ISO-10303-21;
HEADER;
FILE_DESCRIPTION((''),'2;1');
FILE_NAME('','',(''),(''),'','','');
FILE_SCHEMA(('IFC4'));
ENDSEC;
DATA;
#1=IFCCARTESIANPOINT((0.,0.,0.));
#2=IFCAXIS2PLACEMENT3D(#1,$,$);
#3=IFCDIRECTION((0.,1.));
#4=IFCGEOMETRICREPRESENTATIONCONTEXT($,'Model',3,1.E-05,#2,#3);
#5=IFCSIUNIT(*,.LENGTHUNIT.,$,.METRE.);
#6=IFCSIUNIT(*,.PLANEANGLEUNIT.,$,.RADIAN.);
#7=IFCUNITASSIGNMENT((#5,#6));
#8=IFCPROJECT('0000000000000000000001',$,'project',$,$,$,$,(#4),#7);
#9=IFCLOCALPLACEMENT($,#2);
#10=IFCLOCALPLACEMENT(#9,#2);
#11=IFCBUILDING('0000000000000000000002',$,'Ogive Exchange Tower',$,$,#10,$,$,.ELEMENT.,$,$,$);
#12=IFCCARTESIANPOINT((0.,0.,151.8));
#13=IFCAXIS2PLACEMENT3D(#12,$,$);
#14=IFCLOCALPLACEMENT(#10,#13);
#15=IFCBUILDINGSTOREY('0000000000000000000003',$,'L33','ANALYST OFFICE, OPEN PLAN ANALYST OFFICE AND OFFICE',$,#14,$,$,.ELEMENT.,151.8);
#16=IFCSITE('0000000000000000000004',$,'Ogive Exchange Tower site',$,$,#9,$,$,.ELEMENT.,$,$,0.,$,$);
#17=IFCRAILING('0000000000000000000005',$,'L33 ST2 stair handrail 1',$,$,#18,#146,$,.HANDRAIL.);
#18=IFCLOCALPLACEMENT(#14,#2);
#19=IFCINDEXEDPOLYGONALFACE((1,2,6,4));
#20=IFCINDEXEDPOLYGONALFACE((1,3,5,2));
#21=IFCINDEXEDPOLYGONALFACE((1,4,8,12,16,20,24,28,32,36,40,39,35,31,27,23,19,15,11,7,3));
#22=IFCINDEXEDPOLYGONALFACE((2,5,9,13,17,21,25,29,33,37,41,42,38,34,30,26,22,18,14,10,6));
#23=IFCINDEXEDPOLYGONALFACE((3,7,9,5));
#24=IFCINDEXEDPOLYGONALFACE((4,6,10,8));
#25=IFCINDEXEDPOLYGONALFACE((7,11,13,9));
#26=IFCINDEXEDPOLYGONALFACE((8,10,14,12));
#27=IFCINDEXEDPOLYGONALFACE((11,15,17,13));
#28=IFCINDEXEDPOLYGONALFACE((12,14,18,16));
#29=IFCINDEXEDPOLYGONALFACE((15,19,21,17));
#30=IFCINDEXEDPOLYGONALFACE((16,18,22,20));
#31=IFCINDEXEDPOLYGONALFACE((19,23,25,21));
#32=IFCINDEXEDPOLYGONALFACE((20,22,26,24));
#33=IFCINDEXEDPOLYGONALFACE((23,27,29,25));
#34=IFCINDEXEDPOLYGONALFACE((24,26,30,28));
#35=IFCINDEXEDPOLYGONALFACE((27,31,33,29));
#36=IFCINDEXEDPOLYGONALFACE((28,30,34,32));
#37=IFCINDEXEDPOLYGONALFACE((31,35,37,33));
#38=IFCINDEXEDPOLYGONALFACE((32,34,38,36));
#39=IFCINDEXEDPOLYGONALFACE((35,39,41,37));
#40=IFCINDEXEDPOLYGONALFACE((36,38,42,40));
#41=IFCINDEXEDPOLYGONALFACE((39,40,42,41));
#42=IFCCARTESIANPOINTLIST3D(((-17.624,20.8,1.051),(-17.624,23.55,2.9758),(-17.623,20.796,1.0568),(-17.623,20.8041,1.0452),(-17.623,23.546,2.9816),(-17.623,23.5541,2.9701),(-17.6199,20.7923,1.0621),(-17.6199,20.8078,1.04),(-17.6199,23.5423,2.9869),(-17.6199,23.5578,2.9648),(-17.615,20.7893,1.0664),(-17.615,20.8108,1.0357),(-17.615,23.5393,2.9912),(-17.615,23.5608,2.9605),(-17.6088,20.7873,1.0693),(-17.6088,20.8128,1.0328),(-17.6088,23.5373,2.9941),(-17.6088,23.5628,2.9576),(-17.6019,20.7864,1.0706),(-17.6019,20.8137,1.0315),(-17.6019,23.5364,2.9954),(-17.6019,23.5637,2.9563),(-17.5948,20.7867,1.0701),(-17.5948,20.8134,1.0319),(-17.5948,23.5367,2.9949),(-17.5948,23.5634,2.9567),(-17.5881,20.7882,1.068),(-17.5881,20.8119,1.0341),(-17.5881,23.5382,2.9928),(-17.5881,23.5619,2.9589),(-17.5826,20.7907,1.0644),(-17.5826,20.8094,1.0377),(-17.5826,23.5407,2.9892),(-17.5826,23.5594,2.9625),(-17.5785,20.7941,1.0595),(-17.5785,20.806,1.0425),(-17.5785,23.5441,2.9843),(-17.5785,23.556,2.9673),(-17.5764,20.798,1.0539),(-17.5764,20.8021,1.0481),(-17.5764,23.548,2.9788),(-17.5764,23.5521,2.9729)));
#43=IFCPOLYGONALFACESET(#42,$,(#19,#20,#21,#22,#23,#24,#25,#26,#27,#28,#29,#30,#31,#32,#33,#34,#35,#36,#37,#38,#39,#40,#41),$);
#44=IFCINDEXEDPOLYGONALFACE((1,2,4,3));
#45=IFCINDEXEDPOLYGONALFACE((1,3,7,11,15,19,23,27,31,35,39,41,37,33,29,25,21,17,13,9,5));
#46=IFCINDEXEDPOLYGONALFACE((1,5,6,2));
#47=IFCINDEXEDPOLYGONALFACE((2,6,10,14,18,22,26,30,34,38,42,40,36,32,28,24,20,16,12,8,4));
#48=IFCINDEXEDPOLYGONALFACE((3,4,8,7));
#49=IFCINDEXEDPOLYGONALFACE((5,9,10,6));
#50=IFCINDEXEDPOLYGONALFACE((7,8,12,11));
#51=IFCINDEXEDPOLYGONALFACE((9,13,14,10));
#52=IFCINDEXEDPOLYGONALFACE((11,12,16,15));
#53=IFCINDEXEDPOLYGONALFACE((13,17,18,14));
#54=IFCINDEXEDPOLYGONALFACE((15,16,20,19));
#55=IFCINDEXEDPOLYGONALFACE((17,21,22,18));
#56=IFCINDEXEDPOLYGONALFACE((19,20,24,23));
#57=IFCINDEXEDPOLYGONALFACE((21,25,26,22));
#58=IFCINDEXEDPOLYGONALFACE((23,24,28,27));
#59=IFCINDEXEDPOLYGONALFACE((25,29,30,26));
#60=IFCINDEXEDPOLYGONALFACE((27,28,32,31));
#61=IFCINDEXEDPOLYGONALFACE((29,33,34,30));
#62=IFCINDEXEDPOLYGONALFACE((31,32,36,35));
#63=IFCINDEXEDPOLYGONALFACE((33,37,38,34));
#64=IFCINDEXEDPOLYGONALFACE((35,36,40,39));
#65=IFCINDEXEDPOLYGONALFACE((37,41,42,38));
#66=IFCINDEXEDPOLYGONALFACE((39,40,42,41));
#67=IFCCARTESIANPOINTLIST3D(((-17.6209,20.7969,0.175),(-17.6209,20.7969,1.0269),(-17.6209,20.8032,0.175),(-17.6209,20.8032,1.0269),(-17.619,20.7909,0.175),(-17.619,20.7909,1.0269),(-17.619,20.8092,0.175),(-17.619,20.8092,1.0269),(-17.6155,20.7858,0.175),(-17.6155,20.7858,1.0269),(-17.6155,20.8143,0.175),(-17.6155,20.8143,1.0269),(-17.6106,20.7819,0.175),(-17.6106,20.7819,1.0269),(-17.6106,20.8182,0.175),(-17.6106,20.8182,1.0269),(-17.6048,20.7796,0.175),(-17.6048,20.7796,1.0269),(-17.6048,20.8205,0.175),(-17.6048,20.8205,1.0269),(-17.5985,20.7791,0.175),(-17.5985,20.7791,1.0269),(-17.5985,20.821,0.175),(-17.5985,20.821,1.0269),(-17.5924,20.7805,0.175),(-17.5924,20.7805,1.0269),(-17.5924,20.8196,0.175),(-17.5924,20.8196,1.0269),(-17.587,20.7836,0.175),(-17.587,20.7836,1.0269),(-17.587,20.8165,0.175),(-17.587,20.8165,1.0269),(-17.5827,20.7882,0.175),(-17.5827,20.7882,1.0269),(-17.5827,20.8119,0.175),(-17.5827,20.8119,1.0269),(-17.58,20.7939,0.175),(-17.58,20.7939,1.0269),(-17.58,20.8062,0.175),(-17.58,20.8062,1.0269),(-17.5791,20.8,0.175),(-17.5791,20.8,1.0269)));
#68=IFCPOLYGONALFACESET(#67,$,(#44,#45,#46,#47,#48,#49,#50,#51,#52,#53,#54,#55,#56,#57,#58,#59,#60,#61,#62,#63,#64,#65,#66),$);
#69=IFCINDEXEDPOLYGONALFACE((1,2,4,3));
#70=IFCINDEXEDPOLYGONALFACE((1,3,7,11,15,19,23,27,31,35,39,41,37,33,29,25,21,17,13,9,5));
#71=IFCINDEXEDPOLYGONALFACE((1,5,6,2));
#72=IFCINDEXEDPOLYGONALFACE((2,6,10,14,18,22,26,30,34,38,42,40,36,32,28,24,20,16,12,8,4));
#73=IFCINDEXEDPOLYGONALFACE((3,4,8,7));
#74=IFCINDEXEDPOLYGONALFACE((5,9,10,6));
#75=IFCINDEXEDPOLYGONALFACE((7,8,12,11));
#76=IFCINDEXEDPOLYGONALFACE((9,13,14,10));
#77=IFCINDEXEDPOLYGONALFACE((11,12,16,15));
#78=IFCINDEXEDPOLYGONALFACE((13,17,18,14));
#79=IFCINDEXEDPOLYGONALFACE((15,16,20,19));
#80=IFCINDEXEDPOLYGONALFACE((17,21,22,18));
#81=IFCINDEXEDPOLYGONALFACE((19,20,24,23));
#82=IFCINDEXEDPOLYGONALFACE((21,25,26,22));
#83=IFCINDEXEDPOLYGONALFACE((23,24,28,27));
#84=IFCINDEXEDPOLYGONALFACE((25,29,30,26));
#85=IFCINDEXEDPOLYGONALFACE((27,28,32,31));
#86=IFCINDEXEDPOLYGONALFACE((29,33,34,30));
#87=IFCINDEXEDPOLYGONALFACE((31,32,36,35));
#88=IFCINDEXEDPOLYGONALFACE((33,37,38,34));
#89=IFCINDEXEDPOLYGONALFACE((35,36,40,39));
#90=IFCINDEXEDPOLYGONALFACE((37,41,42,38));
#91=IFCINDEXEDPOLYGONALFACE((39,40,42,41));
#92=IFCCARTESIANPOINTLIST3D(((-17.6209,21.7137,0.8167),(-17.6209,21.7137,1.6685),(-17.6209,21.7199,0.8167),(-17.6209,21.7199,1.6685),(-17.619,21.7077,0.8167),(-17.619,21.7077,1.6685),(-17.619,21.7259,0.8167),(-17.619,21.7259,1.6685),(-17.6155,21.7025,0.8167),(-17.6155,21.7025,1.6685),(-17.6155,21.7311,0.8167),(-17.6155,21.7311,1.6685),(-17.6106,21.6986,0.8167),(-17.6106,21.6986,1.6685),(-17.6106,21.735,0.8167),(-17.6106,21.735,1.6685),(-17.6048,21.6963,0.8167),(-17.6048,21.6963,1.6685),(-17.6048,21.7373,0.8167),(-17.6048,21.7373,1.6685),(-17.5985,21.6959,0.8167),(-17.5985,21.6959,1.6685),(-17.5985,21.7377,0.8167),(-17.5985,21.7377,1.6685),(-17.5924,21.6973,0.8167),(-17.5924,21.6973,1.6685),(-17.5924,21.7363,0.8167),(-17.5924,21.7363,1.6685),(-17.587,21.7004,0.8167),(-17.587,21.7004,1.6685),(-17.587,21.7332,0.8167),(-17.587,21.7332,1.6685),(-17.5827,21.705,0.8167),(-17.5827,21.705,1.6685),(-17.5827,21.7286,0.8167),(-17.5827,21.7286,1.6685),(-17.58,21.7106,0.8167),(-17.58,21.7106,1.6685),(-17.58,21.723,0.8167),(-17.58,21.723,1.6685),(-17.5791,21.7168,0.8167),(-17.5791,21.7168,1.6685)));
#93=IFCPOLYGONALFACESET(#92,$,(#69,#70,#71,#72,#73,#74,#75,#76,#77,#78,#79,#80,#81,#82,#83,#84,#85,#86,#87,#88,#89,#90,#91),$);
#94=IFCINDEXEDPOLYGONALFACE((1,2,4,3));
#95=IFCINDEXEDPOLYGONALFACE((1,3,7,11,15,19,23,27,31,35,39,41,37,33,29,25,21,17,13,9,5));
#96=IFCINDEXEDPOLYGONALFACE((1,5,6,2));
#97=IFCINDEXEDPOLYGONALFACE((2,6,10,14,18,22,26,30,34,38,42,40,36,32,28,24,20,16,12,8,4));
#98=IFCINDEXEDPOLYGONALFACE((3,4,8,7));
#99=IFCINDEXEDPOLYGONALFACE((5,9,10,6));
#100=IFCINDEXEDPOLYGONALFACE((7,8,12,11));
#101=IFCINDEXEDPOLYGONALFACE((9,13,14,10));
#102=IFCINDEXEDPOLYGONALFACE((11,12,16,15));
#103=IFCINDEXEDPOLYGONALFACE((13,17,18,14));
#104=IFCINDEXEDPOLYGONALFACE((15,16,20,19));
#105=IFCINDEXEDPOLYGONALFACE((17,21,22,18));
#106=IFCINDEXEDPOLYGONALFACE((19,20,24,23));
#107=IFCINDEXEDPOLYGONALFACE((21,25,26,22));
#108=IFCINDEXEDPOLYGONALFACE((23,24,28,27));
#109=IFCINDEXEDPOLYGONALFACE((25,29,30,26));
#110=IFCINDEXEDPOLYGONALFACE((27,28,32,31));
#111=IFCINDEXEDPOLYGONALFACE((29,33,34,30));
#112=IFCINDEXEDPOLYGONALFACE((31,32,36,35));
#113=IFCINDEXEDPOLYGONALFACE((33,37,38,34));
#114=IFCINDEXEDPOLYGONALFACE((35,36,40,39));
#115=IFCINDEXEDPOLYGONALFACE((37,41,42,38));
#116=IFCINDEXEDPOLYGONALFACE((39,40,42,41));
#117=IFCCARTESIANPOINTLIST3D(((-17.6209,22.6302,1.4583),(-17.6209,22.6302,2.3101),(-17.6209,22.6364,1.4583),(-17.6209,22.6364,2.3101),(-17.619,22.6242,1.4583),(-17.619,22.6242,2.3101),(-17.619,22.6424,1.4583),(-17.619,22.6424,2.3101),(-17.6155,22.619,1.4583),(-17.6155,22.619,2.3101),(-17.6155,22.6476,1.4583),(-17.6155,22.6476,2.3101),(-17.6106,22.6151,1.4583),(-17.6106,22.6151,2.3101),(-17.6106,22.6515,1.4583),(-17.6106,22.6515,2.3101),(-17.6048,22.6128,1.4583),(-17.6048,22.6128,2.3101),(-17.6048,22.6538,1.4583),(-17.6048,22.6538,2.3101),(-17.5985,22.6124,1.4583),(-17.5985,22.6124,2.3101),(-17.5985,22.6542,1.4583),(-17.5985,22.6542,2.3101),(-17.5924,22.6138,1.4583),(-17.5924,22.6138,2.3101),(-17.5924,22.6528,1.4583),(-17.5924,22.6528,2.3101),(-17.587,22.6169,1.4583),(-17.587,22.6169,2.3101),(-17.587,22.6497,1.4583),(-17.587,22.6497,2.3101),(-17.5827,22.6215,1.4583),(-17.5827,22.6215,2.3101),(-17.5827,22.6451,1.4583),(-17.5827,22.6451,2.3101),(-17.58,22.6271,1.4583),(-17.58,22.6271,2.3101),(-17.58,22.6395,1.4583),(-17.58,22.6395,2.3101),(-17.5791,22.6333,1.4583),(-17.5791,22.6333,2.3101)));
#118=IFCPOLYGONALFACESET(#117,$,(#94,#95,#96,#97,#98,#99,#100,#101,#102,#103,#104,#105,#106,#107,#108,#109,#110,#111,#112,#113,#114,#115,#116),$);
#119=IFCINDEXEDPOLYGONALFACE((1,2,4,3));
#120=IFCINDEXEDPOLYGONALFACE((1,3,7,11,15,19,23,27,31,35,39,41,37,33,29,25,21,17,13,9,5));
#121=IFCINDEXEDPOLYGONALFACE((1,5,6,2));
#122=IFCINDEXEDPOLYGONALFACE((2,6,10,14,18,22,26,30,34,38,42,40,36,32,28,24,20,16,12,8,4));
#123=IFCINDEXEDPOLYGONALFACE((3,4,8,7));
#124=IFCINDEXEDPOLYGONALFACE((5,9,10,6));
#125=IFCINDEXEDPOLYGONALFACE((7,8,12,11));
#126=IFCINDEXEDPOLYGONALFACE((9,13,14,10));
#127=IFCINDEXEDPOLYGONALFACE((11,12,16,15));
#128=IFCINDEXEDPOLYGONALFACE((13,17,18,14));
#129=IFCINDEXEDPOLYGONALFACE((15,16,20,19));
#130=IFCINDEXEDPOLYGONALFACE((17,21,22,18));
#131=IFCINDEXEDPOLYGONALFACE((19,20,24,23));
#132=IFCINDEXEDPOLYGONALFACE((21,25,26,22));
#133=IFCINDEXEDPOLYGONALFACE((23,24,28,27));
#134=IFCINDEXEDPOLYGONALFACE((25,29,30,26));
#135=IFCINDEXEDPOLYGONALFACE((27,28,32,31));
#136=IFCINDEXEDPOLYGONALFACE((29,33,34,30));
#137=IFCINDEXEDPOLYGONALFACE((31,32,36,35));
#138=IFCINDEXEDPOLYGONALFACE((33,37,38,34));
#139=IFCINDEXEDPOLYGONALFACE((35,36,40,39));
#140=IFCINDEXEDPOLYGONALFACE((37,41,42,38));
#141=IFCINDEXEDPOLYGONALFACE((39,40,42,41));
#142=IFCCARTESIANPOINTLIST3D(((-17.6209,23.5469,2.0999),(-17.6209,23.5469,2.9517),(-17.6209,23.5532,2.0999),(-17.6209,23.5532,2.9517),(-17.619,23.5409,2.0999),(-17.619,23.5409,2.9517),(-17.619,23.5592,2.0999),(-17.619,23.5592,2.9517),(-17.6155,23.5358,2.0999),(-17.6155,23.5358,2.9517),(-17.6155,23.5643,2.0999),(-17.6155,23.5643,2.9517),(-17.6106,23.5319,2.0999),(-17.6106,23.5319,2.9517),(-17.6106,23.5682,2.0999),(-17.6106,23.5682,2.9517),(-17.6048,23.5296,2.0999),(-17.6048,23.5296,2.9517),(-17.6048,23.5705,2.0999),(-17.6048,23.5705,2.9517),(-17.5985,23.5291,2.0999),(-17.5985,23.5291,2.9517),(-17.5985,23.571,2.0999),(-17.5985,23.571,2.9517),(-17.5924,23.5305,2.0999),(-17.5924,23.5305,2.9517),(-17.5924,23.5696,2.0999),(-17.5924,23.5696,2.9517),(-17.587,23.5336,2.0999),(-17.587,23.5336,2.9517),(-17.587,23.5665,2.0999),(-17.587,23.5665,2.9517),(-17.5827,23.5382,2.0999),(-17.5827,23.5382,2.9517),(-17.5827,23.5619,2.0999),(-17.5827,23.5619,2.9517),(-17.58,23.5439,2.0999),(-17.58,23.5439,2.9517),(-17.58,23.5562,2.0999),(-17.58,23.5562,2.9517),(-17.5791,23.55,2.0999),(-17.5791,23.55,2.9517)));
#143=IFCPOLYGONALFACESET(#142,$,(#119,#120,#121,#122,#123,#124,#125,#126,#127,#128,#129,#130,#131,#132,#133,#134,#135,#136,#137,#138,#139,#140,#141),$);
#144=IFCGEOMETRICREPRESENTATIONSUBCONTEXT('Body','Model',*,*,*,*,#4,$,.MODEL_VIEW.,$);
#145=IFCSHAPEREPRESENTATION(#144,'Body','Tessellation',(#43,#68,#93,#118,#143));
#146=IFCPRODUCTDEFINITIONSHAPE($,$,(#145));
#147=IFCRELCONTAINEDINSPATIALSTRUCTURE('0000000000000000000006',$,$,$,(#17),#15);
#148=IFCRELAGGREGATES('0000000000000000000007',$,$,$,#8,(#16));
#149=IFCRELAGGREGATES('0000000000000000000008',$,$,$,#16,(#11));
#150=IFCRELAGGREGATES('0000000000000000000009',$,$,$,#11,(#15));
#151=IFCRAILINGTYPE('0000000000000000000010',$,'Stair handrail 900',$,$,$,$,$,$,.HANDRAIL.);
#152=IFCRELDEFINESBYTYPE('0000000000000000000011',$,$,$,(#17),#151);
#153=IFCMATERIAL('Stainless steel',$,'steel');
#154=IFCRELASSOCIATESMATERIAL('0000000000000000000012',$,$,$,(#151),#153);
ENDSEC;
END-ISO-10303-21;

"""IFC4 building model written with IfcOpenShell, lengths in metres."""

from ifc_helpers import new_model, si_unit, direction, frame, origin, origin_2d, place, context, subcontext, project, spatial, circle, extrude, material, type_object, element, save


model = new_model("IFC4")

# Units and contexts
model_context = context("Model", 3, precision=1e-05, world=origin(), true_north=direction((0.0, 1.0)))
body_context = subcontext(model_context, "Body", "Model", "MODEL_VIEW")
ifc_project = project(units=[si_unit("LENGTHUNIT", "METRE"), si_unit("PLANEANGLEUNIT", "RADIAN")], contexts=[model_context])

# Site, building, storey
site_placement = place(None, origin())
site = spatial("IfcSite", under=ifc_project, at=site_placement, Name="Ogive Exchange Tower site", CompositionType="ELEMENT", RefElevation=0.0)
building_placement = place(site_placement, origin())
building = spatial("IfcBuilding", under=site, at=building_placement, Name="Ogive Exchange Tower", CompositionType="ELEMENT")
storey_placement = place(building_placement, frame((0.0, 0.0, 151.8)))
storey = spatial("IfcBuildingStorey", under=building, at=storey_placement, Name="L33", Description="ANALYST OFFICE, OPEN PLAN ANALYST OFFICE AND OFFICE", CompositionType="ELEMENT", Elevation=151.8)

# Railing
ifc_material_1 = material(Name="Stainless steel", Category="steel")
railing_type = type_object("IfcRailingType", Name="Stair handrail 900", PredefinedType="HANDRAIL", material=ifc_material_1)
railing_placement = place(storey_placement, frame((-17.6001, 20.8, 0.175)))
element("IfcRailing", 1, at=railing_placement, inside=storey, type_object=railing_type, Name="L33 ST2 stair handrail 1", PredefinedType="HANDRAIL", context=body_context, shape_type="SweptSolid", body=[
    extrude(circle(Radius=0.0239, at=origin_2d()), frame((0.0, 0.0, 0.876), z_axis=(0.0, 0.819259, 0.573423), x_axis=(-1.0, 0.0, 0.0)), (0.0, 0.0, 1.0), 3.3567),
    extrude(circle(Radius=0.021, at=origin_2d()), origin(), (0.0, 0.0, 1.0), 0.8518),
    extrude(circle(Radius=0.021, at=origin_2d()), frame((0.0, 0.9167, 0.6416)), (0.0, 0.0, 1.0), 0.8518),
    extrude(circle(Radius=0.021, at=origin_2d()), frame((0.0, 1.8333, 1.2832)), (0.0, 0.0, 1.0), 0.8518),
    extrude(circle(Radius=0.021, at=origin_2d()), frame((0.0, 2.75, 1.9248)), (0.0, 0.0, 1.0), 0.8518),
])

save(model, "model.ifc")
